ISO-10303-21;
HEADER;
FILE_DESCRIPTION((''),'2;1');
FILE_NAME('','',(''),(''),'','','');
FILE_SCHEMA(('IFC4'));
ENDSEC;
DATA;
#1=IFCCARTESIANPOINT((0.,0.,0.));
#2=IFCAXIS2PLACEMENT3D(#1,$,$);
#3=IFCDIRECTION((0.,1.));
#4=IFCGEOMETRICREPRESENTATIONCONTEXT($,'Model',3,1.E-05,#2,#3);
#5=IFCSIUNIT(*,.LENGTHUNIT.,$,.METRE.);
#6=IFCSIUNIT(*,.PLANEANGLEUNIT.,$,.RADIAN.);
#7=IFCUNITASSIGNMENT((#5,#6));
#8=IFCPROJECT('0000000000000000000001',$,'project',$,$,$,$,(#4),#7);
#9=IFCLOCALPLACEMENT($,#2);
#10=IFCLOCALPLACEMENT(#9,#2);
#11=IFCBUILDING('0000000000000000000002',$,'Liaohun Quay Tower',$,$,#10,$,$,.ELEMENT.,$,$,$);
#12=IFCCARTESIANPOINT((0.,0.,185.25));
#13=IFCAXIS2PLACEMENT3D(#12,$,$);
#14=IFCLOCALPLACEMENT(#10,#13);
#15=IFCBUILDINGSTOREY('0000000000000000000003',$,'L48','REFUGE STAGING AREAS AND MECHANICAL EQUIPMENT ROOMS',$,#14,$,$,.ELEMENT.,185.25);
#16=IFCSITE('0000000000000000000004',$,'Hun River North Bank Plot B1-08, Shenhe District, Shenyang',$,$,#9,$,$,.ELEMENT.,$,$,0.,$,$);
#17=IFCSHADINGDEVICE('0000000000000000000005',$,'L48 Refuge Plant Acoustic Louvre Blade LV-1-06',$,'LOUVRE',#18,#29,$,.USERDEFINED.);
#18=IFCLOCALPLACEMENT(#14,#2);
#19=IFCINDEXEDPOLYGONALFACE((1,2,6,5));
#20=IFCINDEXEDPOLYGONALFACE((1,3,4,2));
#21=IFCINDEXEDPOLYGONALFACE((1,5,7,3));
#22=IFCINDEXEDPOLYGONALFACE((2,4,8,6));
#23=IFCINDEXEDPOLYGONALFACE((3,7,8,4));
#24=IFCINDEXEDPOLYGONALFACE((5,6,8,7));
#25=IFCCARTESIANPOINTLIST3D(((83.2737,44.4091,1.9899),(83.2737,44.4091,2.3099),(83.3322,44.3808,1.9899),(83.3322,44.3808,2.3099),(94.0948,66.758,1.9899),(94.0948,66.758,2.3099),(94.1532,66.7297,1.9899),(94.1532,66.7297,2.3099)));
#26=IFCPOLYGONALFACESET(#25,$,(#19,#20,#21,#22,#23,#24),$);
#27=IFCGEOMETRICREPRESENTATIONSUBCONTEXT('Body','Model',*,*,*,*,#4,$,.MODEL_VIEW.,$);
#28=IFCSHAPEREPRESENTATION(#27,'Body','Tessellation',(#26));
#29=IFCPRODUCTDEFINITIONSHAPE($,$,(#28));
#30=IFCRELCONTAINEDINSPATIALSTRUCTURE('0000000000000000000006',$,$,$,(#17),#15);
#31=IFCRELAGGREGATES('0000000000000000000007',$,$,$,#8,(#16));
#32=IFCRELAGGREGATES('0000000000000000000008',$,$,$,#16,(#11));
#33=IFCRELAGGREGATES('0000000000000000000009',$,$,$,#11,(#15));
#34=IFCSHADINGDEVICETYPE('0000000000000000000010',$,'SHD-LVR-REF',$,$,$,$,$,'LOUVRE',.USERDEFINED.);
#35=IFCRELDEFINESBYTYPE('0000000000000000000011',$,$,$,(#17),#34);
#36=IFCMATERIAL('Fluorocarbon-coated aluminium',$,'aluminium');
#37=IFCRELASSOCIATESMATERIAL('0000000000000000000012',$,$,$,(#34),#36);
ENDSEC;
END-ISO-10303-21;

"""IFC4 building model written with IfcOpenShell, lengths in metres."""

from ifc_helpers import new_model, si_unit, direction, frame, origin, origin_2d, place, context, subcontext, project, spatial, rectangle, extrude, source, transform, mapped, material, material_profile, profile_set, type_object, element, save


model = new_model("IFC4")

# Units and contexts
model_context = context("Model", 3, precision=1e-05, world=origin(), true_north=direction((0.0, 1.0)))
body_context = subcontext(model_context, "Body", "Model", "MODEL_VIEW")
ifc_project = project(units=[si_unit("LENGTHUNIT", "METRE"), si_unit("PLANEANGLEUNIT", "RADIAN")], contexts=[model_context])

# Site, building, storey
site_placement = place(None, origin())
site = spatial("IfcSite", under=ifc_project, at=site_placement, Name="Hun River North Bank Plot B1-08, Shenhe District, Shenyang", CompositionType="ELEMENT", RefElevation=0.0)
building_placement = place(site_placement, origin())
building = spatial("IfcBuilding", under=site, at=building_placement, Name="Liaohun Quay Tower", CompositionType="ELEMENT")
storey_placement = place(building_placement, frame((0.0, 0.0, 185.25)))
storey = spatial("IfcBuildingStorey", under=building, at=storey_placement, Name="L48", Description="REFUGE STAGING AREAS AND MECHANICAL EQUIPMENT ROOMS", CompositionType="ELEMENT", Elevation=185.25)

# Shading device
ifc_material_1 = material(Name="Fluorocarbon-coated aluminium", Category="aluminium")
ifc_material_profile_1 = material_profile(ifc_material_1, rectangle(XDim=0.0649, YDim=0.3201, at=origin_2d()), Name="ALU-LVR-320x65")
ifc_profile_set_1 = profile_set([ifc_material_profile_1], Name="Fluorocarbon-coated aluminium")
shading_device_type = type_object("IfcShadingDeviceType", Name="SHD-LVR-REF", ElementType="LOUVRE", PredefinedType="USERDEFINED", material=ifc_profile_set_1)
shared_shape_1 = source(origin(), body_context, "Body", "SweptSolid", [
    extrude(rectangle(XDim=0.0649, YDim=0.3201, at=origin_2d()), origin(), (0.0, 0.0, 1.0), 24.8308),
])
for number, where, z_axis, x_axis, name in (
    (1, (94.124, 66.7439, 2.1499), (-0.435792, -0.900048, 0.0), (0.900048, -0.435792, 0.0), "L48 Refuge Plant Acoustic Louvre Blade LV-1-06"),
):
    element("IfcShadingDevice", number, at=place(storey_placement, frame(where, z_axis=z_axis, x_axis=x_axis)), inside=storey, type_object=shading_device_type, Name=name, ObjectType="LOUVRE", PredefinedType="USERDEFINED", context=body_context, shape_type="MappedRepresentation", body=[
        mapped(shared_shape_1, transform((0.0, 0.0, 0.0), x_axis=(1.0, 0.0, 0.0), y_axis=(0.0, 1.0, 0.0), z_axis=(0.0, 0.0, 1.0), scale=1.0)),
    ])

save(model, "model.ifc")
